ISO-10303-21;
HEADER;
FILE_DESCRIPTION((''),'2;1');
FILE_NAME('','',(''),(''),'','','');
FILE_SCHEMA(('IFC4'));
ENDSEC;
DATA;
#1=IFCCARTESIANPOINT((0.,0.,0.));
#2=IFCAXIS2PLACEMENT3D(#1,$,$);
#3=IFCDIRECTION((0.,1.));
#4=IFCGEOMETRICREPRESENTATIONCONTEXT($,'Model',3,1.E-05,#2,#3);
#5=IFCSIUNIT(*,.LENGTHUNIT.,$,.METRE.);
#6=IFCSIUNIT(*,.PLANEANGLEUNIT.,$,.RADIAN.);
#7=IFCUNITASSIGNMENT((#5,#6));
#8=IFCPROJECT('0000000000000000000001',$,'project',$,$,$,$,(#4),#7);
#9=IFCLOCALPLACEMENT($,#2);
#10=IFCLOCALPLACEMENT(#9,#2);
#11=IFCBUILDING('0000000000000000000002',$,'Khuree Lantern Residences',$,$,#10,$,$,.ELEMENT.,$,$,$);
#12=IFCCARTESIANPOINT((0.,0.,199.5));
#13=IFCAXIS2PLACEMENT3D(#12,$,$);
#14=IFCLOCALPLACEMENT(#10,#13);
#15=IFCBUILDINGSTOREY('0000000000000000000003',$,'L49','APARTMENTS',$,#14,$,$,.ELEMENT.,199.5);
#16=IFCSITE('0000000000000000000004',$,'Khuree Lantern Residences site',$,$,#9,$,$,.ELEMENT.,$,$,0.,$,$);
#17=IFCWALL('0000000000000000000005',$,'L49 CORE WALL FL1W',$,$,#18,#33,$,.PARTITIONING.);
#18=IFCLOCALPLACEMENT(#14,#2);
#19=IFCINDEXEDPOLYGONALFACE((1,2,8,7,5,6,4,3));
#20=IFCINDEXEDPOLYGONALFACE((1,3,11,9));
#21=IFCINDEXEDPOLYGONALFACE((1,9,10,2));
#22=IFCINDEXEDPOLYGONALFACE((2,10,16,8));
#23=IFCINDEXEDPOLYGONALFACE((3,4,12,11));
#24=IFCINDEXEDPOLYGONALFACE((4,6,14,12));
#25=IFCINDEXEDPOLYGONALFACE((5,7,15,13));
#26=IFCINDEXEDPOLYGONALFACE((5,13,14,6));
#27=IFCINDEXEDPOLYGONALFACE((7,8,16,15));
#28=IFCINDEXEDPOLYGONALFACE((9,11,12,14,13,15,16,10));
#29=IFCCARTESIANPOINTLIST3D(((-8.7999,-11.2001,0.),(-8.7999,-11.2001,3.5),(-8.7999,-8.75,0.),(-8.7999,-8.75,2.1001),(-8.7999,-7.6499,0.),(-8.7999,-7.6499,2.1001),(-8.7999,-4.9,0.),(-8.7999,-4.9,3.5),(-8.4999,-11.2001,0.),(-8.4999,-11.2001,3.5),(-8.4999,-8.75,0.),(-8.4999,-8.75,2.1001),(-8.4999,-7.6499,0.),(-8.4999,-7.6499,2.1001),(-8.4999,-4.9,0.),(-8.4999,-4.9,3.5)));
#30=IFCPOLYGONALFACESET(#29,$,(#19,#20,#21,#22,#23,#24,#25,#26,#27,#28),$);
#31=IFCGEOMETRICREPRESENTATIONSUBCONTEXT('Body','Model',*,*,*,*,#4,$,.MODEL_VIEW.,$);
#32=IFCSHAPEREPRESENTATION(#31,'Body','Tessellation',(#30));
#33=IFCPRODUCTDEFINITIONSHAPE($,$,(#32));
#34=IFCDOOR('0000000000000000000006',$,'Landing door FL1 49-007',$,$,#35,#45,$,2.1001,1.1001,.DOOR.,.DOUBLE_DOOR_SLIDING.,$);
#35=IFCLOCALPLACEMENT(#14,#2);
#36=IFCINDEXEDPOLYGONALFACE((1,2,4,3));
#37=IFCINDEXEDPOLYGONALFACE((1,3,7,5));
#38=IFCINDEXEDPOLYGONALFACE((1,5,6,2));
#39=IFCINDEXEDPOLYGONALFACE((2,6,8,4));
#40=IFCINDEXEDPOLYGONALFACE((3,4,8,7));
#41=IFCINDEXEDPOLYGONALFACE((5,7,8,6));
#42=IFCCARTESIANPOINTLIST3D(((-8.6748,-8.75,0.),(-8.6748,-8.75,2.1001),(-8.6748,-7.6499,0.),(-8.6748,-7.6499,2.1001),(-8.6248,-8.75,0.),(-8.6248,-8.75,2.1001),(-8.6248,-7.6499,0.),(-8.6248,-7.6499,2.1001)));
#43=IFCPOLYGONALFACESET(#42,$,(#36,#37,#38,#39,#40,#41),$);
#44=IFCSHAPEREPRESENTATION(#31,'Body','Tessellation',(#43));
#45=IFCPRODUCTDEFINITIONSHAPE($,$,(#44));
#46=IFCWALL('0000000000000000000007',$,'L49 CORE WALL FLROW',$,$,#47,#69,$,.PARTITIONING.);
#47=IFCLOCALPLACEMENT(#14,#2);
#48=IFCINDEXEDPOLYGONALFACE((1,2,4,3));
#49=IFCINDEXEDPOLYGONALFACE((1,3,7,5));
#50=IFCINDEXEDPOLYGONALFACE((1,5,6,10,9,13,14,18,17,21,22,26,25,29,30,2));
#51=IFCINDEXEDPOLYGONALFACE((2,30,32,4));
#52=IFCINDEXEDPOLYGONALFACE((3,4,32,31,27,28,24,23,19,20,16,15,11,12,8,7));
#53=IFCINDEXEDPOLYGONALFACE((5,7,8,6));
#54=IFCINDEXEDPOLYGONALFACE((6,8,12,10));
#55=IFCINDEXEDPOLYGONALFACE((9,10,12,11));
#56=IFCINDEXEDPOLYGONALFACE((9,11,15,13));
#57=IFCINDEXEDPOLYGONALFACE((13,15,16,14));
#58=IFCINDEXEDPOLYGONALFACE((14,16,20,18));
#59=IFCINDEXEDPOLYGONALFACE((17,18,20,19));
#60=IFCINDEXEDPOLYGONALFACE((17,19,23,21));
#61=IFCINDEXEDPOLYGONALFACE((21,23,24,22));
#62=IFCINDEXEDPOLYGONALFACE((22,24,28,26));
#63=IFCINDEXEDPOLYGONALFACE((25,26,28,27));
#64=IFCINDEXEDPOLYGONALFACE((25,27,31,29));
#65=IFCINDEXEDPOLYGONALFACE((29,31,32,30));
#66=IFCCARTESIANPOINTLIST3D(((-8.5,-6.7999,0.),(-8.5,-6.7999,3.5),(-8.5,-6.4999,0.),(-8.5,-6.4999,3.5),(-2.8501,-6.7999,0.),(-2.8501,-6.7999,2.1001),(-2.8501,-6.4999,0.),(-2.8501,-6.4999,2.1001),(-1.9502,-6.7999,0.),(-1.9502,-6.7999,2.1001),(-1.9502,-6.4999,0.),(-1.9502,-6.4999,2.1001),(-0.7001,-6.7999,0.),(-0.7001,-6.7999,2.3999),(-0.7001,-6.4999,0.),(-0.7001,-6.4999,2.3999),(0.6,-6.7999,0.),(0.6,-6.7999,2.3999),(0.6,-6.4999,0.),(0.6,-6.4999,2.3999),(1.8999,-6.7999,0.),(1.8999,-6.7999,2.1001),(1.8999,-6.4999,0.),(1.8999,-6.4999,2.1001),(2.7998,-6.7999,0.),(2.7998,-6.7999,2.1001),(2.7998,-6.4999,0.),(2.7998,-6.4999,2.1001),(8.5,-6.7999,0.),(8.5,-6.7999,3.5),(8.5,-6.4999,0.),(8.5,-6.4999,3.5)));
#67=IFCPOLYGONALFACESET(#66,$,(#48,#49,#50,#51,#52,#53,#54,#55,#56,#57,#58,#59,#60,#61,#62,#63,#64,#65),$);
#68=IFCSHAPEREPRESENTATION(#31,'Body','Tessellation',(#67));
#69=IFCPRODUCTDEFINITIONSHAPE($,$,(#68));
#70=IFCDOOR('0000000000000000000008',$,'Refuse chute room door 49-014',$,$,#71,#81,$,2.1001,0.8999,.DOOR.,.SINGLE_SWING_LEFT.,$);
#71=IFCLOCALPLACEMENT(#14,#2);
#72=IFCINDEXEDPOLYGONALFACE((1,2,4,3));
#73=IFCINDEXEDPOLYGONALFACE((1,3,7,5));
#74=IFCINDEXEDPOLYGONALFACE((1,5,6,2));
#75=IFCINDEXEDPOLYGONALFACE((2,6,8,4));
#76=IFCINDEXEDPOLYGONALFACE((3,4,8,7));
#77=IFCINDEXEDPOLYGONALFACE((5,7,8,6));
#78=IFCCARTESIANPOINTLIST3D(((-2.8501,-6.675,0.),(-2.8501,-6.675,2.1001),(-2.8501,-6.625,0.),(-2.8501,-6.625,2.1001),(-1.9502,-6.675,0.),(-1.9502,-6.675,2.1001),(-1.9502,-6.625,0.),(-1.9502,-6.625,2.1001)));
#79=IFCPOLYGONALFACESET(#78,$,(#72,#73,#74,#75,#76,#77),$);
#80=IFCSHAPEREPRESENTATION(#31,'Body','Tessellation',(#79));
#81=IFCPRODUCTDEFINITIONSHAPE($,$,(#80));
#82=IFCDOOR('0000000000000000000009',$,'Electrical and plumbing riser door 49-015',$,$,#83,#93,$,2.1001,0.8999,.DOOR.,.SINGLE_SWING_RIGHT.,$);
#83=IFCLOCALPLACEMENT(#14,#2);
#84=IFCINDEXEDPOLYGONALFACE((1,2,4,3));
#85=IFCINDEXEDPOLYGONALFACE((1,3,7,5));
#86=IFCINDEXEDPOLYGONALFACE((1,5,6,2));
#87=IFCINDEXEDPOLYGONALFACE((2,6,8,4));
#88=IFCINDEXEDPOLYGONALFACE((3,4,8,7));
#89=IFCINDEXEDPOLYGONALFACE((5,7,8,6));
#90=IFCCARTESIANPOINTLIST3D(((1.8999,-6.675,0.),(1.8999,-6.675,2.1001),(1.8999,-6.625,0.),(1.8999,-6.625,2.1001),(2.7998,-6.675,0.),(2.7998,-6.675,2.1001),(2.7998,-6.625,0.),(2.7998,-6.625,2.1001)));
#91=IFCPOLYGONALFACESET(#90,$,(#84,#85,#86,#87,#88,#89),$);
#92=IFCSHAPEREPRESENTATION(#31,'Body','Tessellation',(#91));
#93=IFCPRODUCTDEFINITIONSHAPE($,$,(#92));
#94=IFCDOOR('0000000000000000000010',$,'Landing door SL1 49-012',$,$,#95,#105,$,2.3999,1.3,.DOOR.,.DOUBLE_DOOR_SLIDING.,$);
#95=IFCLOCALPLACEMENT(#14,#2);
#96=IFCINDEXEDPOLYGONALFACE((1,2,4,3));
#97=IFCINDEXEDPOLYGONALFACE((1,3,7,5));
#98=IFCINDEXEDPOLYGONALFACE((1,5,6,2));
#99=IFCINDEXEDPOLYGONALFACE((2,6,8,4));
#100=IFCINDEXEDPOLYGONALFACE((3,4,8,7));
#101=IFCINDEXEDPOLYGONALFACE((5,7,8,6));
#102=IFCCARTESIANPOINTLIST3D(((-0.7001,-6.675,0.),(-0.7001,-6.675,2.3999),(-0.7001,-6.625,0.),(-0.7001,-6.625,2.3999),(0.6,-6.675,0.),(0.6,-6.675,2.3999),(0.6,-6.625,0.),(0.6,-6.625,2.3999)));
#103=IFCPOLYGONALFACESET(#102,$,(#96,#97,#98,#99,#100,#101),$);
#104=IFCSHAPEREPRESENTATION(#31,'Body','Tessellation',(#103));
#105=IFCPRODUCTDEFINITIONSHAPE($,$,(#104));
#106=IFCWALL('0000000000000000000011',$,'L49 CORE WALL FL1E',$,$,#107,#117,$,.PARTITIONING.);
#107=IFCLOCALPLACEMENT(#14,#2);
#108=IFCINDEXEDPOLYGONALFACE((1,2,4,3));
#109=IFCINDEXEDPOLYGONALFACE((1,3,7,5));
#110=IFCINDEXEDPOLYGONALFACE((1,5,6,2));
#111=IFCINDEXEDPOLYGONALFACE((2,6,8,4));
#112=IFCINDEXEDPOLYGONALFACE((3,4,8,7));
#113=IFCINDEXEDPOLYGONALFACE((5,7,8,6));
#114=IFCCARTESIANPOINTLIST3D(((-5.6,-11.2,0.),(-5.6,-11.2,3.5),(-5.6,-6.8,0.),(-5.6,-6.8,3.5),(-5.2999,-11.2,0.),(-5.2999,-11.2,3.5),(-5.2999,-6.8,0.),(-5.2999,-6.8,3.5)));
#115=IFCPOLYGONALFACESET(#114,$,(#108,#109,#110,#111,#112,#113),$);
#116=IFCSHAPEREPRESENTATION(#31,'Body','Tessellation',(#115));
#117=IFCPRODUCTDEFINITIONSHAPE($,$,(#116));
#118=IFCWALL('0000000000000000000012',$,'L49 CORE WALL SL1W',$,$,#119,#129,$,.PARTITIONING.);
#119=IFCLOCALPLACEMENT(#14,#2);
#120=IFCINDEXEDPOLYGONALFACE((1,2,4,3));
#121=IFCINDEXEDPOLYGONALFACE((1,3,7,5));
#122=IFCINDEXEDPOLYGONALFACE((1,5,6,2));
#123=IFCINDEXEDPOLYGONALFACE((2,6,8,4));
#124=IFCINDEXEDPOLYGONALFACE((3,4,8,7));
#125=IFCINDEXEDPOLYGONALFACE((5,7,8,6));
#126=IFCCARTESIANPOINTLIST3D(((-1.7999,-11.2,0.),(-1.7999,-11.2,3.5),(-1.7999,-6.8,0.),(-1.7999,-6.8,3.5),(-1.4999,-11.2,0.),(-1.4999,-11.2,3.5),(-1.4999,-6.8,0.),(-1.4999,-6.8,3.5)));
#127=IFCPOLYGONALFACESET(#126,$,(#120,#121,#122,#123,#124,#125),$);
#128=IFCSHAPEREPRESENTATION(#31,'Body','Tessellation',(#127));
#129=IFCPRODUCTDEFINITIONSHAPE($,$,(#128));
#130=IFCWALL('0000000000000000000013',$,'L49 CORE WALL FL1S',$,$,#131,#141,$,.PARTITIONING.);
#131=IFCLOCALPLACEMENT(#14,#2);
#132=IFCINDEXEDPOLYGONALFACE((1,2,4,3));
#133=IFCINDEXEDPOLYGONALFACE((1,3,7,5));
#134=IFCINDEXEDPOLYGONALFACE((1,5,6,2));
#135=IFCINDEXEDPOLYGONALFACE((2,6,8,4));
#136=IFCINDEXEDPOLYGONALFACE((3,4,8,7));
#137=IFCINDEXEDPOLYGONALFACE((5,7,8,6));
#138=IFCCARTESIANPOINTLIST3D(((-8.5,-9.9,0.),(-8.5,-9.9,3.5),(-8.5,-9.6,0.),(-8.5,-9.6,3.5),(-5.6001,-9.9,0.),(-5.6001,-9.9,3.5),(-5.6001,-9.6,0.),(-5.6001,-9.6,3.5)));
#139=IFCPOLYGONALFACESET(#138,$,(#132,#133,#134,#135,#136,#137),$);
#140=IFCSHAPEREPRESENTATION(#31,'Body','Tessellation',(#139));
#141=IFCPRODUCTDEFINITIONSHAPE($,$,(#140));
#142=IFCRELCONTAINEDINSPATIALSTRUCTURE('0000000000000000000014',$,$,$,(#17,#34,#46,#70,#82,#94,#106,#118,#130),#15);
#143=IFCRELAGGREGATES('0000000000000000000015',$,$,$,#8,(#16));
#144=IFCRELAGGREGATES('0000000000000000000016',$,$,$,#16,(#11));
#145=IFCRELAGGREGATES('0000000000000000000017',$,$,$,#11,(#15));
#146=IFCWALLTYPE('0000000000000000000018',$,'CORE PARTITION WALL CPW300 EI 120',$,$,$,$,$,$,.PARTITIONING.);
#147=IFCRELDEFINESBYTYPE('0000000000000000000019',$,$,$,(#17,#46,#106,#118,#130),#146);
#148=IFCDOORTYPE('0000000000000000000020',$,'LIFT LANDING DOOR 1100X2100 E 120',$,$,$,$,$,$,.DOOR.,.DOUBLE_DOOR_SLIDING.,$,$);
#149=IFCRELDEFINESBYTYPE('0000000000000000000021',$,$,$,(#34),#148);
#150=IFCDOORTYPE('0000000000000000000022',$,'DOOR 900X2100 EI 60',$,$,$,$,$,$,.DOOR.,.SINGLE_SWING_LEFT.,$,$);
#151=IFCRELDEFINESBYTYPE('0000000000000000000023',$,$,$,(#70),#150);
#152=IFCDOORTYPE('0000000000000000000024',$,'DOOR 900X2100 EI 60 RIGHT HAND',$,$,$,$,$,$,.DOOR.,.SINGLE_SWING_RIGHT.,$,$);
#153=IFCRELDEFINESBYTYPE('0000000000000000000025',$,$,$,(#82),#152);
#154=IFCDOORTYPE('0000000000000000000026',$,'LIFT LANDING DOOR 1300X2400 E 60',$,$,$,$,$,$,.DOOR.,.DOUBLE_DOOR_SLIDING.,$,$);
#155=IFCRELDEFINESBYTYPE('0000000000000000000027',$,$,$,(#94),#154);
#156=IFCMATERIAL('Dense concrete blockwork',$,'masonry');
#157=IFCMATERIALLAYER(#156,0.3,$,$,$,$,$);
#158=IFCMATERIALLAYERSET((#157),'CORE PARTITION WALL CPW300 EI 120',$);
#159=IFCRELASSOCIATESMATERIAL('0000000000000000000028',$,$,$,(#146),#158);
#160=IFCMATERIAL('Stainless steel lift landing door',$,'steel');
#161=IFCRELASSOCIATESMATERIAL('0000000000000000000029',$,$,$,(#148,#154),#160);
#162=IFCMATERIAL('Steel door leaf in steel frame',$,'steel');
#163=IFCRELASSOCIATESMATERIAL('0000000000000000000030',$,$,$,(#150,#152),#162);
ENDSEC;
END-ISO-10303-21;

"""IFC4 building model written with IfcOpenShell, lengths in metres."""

from ifc_helpers import new_model, si_unit, direction, frame, frame_2d, origin, place, context, subcontext, project, spatial, rectangle, extrude, material, layer, layer_set, type_object, element, fill, save


model = new_model("IFC4")

# Units and contexts
model_context = context("Model", 3, precision=1e-05, world=origin(), true_north=direction((0.0, 1.0)))
body_context = subcontext(model_context, "Body", "Model", "MODEL_VIEW")
ifc_project = project(units=[si_unit("LENGTHUNIT", "METRE"), si_unit("PLANEANGLEUNIT", "RADIAN")], contexts=[model_context])

# Site, building, storey
site_placement = place(None, origin())
site = spatial("IfcSite", under=ifc_project, at=site_placement, Name="Khuree Lantern Residences site", CompositionType="ELEMENT", RefElevation=0.0)
building_placement = place(site_placement, origin())
building = spatial("IfcBuilding", under=site, at=building_placement, Name="Khuree Lantern Residences", CompositionType="ELEMENT")
storey_placement = place(building_placement, frame((0.0, 0.0, 199.5)))
storey = spatial("IfcBuildingStorey", under=building, at=storey_placement, Name="L49", Description="APARTMENTS", CompositionType="ELEMENT", Elevation=199.5)

# Wall, opening, door
ifc_material_1 = material(Name="Dense concrete blockwork", Category="masonry")
ifc_layer_1 = layer(ifc_material_1, 0.3)
ifc_layer_set_1 = layer_set([ifc_layer_1], Name="CORE PARTITION WALL CPW300 EI 120")
wall_type_1 = type_object("IfcWallType", Name="CORE PARTITION WALL CPW300 EI 120", PredefinedType="PARTITIONING", material=ifc_layer_set_1)
wall_1_placement = place(storey_placement, frame((-8.6499, -11.2, 0.0), z_axis=(0.0, 0.0, 1.0), x_axis=(0.0, 1.0, 0.0)))
wall_1 = element("IfcWall", 1, at=wall_1_placement, inside=storey, type_object=wall_type_1, Name="L49 CORE WALL FL1W", PredefinedType="PARTITIONING", context=body_context, shape_type="SweptSolid", body=[
    extrude(rectangle(XDim=6.3, YDim=0.3, at=frame_2d((3.1499, 0.0))), origin(), (0.0, 0.0, 1.0), 3.5),
])
opening_1_placement = place(wall_1_placement, frame((2.45, 0.0, 0.0)))
opening_1 = element("IfcOpeningElement", 2, at=opening_1_placement, cuts=wall_1, PredefinedType="OPENING", context=body_context, shape_type="SweptSolid", body=[
    extrude(rectangle(XDim=1.1001, YDim=2.1001, at=frame_2d((0.55, 1.05))), frame((0.0, 0.1602, 0.0), z_axis=(0.0, -1.0, 0.0), x_axis=(1.0, 0.0, 0.0)), (0.0, 0.0, 1.0), 0.3201),
])
ifc_material_2 = material(Name="Stainless steel lift landing door", Category="steel")
door_type_1 = type_object("IfcDoorType", Name="LIFT LANDING DOOR 1100X2100 E 120", OperationType="DOUBLE_DOOR_SLIDING", PredefinedType="DOOR", material=ifc_material_2)
door_1_placement = place(opening_1_placement, origin())
door_1 = element("IfcDoor", 3, at=door_1_placement, inside=storey, type_object=door_type_1, Name="Landing door FL1 49-007", OperationType="DOUBLE_DOOR_SLIDING", OverallHeight=2.1001, OverallWidth=1.1001, PredefinedType="DOOR", context=body_context, shape_type="SweptSolid", body=[
    extrude(rectangle(XDim=1.1001, YDim=2.1001, at=frame_2d((0.55, 1.05))), frame((0.0, 0.0249, 0.0), z_axis=(0.0, -1.0, 0.0), x_axis=(1.0, 0.0, 0.0)), (0.0, 0.0, 1.0), 0.05),
])
fill(opening_1, door_1)

# Wall, openings, doors
wall_2_placement = place(storey_placement, frame((-8.5, -6.6499, 0.0), z_axis=(0.0, 0.0, 1.0), x_axis=(1.0, 0.0, 0.0)))
wall_2 = element("IfcWall", 4, at=wall_2_placement, inside=storey, type_object=wall_type_1, Name="L49 CORE WALL FLROW", PredefinedType="PARTITIONING", context=body_context, shape_type="SweptSolid", body=[
    extrude(rectangle(XDim=17.0, YDim=0.3, at=frame_2d((8.5, 0.0))), origin(), (0.0, 0.0, 1.0), 3.5),
])
opening_2_placement = place(wall_2_placement, frame((7.8, 0.0, 0.0)))
opening_2 = element("IfcOpeningElement", 5, at=opening_2_placement, cuts=wall_2, PredefinedType="OPENING", context=body_context, shape_type="SweptSolid", body=[
    extrude(rectangle(XDim=1.3, YDim=2.3999, at=frame_2d((0.6499, 1.2))), frame((0.0, 0.1602, 0.0), z_axis=(0.0, -1.0, 0.0), x_axis=(1.0, 0.0, 0.0)), (0.0, 0.0, 1.0), 0.3201),
])
opening_3_placement = place(wall_2_placement, frame((5.6499, 0.0, 0.0)))
opening_3 = element("IfcOpeningElement", 6, at=opening_3_placement, cuts=wall_2, PredefinedType="OPENING", context=body_context, shape_type="SweptSolid", body=[
    extrude(rectangle(XDim=0.8999, YDim=2.1001, at=frame_2d((0.45, 1.05))), frame((0.0, 0.1602, 0.0), z_axis=(0.0, -1.0, 0.0), x_axis=(1.0, 0.0, 0.0)), (0.0, 0.0, 1.0), 0.3201),
])
opening_4_placement = place(wall_2_placement, frame((10.3999, 0.0, 0.0)))
opening_4 = element("IfcOpeningElement", 7, at=opening_4_placement, cuts=wall_2, PredefinedType="OPENING", context=body_context, shape_type="SweptSolid", body=[
    extrude(rectangle(XDim=0.8999, YDim=2.1001, at=frame_2d((0.45, 1.05))), frame((0.0, 0.1602, 0.0), z_axis=(0.0, -1.0, 0.0), x_axis=(1.0, 0.0, 0.0)), (0.0, 0.0, 1.0), 0.3201),
])
ifc_material_3 = material(Name="Steel door leaf in steel frame", Category="steel")
door_type_2 = type_object("IfcDoorType", Name="DOOR 900X2100 EI 60", OperationType="SINGLE_SWING_LEFT", PredefinedType="DOOR", material=ifc_material_3)
door_2_placement = place(opening_3_placement, origin())
door_2 = element("IfcDoor", 8, at=door_2_placement, inside=storey, type_object=door_type_2, Name="Refuse chute room door 49-014", OperationType="SINGLE_SWING_LEFT", OverallHeight=2.1001, OverallWidth=0.8999, PredefinedType="DOOR", context=body_context, shape_type="SweptSolid", body=[
    extrude(rectangle(XDim=0.8999, YDim=2.1001, at=frame_2d((0.45, 1.05))), frame((0.0, 0.0249, 0.0), z_axis=(0.0, -1.0, 0.0), x_axis=(1.0, 0.0, 0.0)), (0.0, 0.0, 1.0), 0.05),
])
fill(opening_3, door_2)
door_type_3 = type_object("IfcDoorType", Name="DOOR 900X2100 EI 60 RIGHT HAND", OperationType="SINGLE_SWING_RIGHT", PredefinedType="DOOR", material=ifc_material_3)
door_3_placement = place(opening_4_placement, origin())
door_3 = element("IfcDoor", 9, at=door_3_placement, inside=storey, type_object=door_type_3, Name="Electrical and plumbing riser door 49-015", OperationType="SINGLE_SWING_RIGHT", OverallHeight=2.1001, OverallWidth=0.8999, PredefinedType="DOOR", context=body_context, shape_type="SweptSolid", body=[
    extrude(rectangle(XDim=0.8999, YDim=2.1001, at=frame_2d((0.45, 1.05))), frame((0.0, 0.0249, 0.0), z_axis=(0.0, -1.0, 0.0), x_axis=(1.0, 0.0, 0.0)), (0.0, 0.0, 1.0), 0.05),
])
fill(opening_4, door_3)
door_type_4 = type_object("IfcDoorType", Name="LIFT LANDING DOOR 1300X2400 E 60", OperationType="DOUBLE_DOOR_SLIDING", PredefinedType="DOOR", material=ifc_material_2)
door_4_placement = place(opening_2_placement, origin())
door_4 = element("IfcDoor", 10, at=door_4_placement, inside=storey, type_object=door_type_4, Name="Landing door SL1 49-012", OperationType="DOUBLE_DOOR_SLIDING", OverallHeight=2.3999, OverallWidth=1.3, PredefinedType="DOOR", context=body_context, shape_type="SweptSolid", body=[
    extrude(rectangle(XDim=1.3, YDim=2.3999, at=frame_2d((0.6499, 1.2))), frame((0.0, 0.0249, 0.0), z_axis=(0.0, -1.0, 0.0), x_axis=(1.0, 0.0, 0.0)), (0.0, 0.0, 1.0), 0.05),
])
fill(opening_2, door_4)

# Walls
for number, where, z_axis, x_axis, name in (
    (11, (-5.45, -11.2, 0.0), (0.0, 0.0, 1.0), (0.0, 1.0, 0.0), "L49 CORE WALL FL1E"),
    (12, (-1.6499, -11.2, 0.0), (0.0, 0.0, 1.0), (0.0, 1.0, 0.0), "L49 CORE WALL SL1W"),
):
    element("IfcWall", number, at=place(storey_placement, frame(where, z_axis=z_axis, x_axis=x_axis)), inside=storey, type_object=wall_type_1, Name=name, PredefinedType="PARTITIONING", context=body_context, shape_type="SweptSolid", body=[
        extrude(rectangle(XDim=4.3999, YDim=0.3, at=frame_2d((2.2, 0.0))), origin(), (0.0, 0.0, 1.0), 3.5),
    ])
wall_3_placement = place(storey_placement, frame((-8.5, -9.75, 0.0), z_axis=(0.0, 0.0, 1.0), x_axis=(1.0, 0.0, 0.0)))
element("IfcWall", 13, at=wall_3_placement, inside=storey, type_object=wall_type_1, Name="L49 CORE WALL FL1S", PredefinedType="PARTITIONING", context=body_context, shape_type="SweptSolid", body=[
    extrude(rectangle(XDim=2.8999, YDim=0.3, at=frame_2d((1.45, 0.0))), origin(), (0.0, 0.0, 1.0), 3.5),
])

save(model, "model.ifc")
